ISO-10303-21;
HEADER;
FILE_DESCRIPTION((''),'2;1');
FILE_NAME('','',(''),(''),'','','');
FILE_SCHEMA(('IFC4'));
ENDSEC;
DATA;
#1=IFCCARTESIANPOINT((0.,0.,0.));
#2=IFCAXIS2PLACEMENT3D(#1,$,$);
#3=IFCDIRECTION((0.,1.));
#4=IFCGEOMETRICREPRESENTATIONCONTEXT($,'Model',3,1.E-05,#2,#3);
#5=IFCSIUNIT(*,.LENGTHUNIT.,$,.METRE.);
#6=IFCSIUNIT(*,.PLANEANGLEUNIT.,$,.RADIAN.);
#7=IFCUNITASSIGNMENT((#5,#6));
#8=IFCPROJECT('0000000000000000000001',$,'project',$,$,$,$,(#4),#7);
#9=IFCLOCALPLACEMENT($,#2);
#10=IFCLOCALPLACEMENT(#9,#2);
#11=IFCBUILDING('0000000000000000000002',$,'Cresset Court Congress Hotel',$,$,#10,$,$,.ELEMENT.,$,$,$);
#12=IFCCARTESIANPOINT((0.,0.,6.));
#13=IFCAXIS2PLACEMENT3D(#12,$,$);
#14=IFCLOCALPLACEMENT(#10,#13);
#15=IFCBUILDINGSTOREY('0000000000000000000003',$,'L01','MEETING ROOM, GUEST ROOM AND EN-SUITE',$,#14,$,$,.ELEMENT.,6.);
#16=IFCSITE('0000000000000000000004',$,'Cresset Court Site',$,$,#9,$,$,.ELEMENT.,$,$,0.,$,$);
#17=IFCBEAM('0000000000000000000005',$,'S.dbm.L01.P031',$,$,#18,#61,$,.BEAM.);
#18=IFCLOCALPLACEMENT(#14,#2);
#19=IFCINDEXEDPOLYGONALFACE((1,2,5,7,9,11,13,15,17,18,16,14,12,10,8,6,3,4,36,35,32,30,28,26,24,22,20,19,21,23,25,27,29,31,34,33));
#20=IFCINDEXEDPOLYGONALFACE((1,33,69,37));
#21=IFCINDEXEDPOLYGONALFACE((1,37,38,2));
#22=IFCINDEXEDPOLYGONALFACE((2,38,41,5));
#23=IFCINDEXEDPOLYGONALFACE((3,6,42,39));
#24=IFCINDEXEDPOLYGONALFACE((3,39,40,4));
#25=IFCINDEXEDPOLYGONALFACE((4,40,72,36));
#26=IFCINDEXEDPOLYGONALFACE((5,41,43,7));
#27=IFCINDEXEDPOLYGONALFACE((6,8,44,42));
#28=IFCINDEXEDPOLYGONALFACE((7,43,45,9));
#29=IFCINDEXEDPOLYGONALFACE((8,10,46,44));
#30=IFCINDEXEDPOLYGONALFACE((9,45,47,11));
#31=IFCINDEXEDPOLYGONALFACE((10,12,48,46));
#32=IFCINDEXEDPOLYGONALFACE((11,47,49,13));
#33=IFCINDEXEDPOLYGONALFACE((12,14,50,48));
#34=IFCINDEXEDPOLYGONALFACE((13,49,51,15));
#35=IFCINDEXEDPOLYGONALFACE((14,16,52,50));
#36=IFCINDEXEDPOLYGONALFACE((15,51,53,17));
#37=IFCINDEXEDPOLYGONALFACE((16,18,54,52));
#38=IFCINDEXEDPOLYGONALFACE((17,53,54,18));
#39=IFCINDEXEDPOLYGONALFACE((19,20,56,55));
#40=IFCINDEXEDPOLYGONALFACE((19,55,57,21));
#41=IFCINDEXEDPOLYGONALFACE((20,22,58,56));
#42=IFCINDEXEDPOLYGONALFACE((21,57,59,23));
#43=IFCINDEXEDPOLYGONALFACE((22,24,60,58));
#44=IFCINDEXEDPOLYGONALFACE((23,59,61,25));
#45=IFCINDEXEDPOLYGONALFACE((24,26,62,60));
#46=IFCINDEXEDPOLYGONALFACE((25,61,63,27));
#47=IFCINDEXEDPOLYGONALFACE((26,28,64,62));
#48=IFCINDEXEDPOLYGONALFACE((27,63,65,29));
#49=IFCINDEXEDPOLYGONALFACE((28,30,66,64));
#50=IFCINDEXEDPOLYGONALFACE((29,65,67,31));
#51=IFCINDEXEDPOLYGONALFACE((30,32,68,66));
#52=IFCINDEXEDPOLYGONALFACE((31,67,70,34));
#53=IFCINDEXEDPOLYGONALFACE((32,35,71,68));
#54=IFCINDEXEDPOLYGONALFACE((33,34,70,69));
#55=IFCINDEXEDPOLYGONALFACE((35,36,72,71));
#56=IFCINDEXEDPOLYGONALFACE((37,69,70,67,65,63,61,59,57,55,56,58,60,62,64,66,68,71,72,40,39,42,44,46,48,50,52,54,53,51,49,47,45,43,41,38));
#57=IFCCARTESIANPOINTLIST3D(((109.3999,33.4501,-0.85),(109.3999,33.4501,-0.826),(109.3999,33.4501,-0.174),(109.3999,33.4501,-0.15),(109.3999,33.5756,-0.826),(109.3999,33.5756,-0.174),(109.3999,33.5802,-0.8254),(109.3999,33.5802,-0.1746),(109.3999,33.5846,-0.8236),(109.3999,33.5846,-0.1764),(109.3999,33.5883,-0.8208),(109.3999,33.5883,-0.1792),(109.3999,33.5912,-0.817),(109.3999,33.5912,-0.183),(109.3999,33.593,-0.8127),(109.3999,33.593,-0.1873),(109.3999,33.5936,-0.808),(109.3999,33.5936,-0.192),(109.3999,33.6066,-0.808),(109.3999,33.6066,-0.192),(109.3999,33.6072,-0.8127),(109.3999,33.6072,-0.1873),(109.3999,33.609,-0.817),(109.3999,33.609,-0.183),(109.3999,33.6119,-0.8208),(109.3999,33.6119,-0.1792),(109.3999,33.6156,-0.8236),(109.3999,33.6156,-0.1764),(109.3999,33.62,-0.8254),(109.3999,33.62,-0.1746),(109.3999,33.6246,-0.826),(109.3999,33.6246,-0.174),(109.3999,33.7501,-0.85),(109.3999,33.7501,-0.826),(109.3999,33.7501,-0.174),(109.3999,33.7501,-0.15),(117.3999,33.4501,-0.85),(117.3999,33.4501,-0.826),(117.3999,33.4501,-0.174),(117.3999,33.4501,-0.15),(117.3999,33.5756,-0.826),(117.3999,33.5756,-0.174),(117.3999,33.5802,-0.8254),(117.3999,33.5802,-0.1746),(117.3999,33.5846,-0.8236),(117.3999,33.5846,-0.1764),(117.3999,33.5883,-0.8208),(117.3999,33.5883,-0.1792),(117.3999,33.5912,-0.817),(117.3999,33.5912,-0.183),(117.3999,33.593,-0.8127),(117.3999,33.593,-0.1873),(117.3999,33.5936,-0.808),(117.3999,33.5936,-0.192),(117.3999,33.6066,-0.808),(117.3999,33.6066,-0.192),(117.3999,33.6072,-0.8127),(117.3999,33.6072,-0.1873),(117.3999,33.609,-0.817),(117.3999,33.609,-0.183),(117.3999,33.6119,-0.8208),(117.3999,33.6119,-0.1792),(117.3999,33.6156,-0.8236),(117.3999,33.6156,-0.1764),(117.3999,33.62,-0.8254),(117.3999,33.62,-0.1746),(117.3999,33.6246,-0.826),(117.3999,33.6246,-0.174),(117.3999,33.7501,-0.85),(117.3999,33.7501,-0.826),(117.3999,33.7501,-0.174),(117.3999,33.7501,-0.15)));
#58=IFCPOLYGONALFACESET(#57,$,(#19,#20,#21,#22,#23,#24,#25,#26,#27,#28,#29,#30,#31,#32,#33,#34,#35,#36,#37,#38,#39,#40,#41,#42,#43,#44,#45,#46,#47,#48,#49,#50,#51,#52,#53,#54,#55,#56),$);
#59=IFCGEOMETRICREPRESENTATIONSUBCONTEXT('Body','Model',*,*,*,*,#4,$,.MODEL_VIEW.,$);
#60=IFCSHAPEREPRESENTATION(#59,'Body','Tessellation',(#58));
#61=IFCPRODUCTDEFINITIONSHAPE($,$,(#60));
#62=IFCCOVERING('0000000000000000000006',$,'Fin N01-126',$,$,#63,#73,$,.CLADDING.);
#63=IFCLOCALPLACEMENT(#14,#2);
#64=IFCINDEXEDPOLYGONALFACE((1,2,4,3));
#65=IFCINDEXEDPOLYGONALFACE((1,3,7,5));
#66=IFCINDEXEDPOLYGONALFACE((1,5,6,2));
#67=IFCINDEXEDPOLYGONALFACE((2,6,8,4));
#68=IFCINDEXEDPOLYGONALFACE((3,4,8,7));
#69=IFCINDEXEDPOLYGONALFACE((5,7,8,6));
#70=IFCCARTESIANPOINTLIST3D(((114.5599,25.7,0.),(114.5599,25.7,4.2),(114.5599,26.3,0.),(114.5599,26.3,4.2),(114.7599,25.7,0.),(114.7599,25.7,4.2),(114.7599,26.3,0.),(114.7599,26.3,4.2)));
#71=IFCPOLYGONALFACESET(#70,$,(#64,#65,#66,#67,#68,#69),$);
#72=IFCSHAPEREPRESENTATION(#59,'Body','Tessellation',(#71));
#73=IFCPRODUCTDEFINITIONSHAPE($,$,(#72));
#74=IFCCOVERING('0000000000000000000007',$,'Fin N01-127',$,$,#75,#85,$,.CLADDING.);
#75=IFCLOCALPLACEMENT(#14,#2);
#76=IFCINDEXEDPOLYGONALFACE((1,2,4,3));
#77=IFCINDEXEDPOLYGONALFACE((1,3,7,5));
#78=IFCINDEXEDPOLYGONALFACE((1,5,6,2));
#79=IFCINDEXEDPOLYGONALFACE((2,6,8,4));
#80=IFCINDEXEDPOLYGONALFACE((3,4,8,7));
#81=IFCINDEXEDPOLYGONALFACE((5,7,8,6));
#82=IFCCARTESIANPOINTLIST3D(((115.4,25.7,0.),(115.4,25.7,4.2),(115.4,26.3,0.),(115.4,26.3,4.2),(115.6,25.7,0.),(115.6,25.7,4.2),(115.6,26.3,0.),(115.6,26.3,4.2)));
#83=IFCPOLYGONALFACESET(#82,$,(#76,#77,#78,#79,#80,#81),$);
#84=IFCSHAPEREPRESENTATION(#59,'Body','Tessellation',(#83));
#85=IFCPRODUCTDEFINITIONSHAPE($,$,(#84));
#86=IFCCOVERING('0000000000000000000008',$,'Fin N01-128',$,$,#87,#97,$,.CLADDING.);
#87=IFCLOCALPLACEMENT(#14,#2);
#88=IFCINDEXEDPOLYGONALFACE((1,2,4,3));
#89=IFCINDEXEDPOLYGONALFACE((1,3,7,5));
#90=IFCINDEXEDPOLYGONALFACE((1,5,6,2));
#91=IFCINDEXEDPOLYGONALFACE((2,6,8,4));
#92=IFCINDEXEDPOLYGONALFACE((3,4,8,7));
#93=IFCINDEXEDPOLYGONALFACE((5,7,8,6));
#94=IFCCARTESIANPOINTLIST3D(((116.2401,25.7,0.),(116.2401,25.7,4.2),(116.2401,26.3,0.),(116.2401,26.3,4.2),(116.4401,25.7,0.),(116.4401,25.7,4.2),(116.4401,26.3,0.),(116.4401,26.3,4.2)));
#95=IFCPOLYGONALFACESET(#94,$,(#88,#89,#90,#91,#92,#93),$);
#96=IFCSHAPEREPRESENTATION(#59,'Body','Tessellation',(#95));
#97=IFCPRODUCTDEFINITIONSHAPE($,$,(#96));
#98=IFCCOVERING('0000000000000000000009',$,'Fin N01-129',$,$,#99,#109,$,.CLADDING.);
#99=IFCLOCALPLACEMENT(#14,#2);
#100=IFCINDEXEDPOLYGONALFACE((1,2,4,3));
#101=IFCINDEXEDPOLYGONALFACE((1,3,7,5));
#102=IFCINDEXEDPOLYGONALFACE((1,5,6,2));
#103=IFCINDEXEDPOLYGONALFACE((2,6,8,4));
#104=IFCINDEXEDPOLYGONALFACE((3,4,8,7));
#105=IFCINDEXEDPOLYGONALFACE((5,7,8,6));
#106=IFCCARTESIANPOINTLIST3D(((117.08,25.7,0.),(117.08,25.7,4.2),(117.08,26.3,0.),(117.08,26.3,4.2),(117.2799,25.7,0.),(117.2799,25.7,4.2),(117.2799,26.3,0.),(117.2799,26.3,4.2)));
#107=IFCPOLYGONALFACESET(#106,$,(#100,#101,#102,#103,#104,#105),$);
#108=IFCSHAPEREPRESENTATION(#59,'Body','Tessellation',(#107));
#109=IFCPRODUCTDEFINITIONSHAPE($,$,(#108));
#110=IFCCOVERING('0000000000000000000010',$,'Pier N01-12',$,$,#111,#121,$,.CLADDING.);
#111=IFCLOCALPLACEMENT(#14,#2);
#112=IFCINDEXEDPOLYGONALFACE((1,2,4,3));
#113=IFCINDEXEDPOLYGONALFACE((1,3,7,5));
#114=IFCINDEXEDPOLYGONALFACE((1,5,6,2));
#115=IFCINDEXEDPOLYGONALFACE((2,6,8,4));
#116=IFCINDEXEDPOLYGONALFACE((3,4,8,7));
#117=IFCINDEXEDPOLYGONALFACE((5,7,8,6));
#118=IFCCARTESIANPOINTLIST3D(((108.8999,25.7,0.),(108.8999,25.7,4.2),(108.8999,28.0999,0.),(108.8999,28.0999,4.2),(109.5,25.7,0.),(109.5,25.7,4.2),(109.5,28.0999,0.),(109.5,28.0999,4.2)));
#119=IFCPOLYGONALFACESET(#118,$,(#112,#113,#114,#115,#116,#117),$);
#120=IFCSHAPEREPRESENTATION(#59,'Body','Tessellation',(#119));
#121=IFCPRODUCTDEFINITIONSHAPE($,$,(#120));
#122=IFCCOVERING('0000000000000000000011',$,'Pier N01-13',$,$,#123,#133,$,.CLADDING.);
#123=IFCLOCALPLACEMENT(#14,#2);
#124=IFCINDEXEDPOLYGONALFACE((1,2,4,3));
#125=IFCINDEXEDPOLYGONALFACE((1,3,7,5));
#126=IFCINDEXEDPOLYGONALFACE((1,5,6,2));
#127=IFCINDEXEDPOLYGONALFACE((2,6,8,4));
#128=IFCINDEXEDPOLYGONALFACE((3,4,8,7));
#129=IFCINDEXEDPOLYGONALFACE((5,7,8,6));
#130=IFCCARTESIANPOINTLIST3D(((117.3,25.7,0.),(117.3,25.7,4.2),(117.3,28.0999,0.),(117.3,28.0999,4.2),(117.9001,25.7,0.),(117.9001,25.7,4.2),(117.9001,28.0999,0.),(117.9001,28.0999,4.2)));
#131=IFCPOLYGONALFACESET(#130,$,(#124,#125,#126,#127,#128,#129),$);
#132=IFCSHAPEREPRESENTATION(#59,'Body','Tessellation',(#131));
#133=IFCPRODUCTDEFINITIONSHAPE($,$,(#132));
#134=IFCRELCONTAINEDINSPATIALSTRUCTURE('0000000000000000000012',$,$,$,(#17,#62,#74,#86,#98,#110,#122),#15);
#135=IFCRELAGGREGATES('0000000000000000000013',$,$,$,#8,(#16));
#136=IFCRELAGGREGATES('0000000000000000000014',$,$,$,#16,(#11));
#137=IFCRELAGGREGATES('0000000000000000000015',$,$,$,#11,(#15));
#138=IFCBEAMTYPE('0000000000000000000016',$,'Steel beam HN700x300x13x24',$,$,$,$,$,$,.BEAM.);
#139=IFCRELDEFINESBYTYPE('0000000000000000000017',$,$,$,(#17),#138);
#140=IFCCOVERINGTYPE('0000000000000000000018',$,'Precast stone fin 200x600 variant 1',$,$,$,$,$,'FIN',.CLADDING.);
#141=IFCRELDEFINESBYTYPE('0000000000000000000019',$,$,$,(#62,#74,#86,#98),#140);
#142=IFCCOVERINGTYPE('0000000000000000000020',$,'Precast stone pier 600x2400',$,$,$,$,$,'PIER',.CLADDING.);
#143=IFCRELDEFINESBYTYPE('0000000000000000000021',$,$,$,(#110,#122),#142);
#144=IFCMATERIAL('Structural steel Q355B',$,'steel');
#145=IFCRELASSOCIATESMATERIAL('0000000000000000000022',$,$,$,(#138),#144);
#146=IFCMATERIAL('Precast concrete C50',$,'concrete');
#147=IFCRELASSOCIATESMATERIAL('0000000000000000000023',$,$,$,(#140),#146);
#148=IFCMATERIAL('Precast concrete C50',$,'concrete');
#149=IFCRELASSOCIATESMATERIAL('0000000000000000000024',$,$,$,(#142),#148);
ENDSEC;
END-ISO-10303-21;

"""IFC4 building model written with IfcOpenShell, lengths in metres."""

from ifc_helpers import new_model, si_unit, direction, frame, origin, origin_2d, place, context, subcontext, project, spatial, rectangle, i_section, extrude, material, material_profile, profile_set, type_object, element, save


model = new_model("IFC4")

# Units and contexts
model_context = context("Model", 3, precision=1e-05, world=origin(), true_north=direction((0.0, 1.0)))
body_context = subcontext(model_context, "Body", "Model", "MODEL_VIEW")
ifc_project = project(units=[si_unit("LENGTHUNIT", "METRE"), si_unit("PLANEANGLEUNIT", "RADIAN")], contexts=[model_context])

# Site, building, storey
site_placement = place(None, origin())
site = spatial("IfcSite", under=ifc_project, at=site_placement, Name="Cresset Court Site", CompositionType="ELEMENT", RefElevation=0.0)
building_placement = place(site_placement, origin())
building = spatial("IfcBuilding", under=site, at=building_placement, Name="Cresset Court Congress Hotel", CompositionType="ELEMENT")
storey_placement = place(building_placement, frame((0.0, 0.0, 6.0)))
storey = spatial("IfcBuildingStorey", under=building, at=storey_placement, Name="L01", Description="MEETING ROOM, GUEST ROOM AND EN-SUITE", CompositionType="ELEMENT", Elevation=6.0)

# Beam
ifc_material_1 = material(Name="Structural steel Q355B", Category="steel")
ifc_material_profile_1 = material_profile(ifc_material_1, i_section(OverallWidth=0.3, OverallDepth=0.7, WebThickness=0.0129, FlangeThickness=0.0239, FilletRadius=0.0181, at=origin_2d()), Name="HN700x300x13x24")
ifc_profile_set_1 = profile_set([ifc_material_profile_1], Name="Structural steel Q355B")
beam_type_1 = type_object("IfcBeamType", Name="Steel beam HN700x300x13x24", PredefinedType="BEAM", material=ifc_profile_set_1)
beam_placement = place(storey_placement, frame((109.3999, 33.6001, -0.5), z_axis=(1.0, 0.0, 0.0), x_axis=(0.0, 1.0, 0.0)))
element("IfcBeam", 1, at=beam_placement, inside=storey, type_object=beam_type_1, Name="S.dbm.L01.P031", PredefinedType="BEAM", context=body_context, shape_type="SweptSolid", body=[
    extrude(i_section(OverallWidth=0.3, OverallDepth=0.7, WebThickness=0.0129, FlangeThickness=0.0239, FilletRadius=0.0181, at=origin_2d()), origin(), (0.0, 0.0, 1.0), 8.0),
])

# Coverings
ifc_material_2 = material(Name="Precast concrete C50", Category="concrete")
covering_type_1 = type_object("IfcCoveringType", Name="Precast stone fin 200x600 variant 1", ElementType="FIN", PredefinedType="CLADDING", material=ifc_material_2)
for number, where, z_axis, x_axis, name in (
    (2, (114.6599, 26.0, 0.0), (0.0, 0.0, 1.0), (1.0, 0.0, 0.0), "Fin N01-126"),
    (3, (115.5, 26.0, 0.0), (0.0, 0.0, 1.0), (1.0, 0.0, 0.0), "Fin N01-127"),
    (4, (116.3401, 26.0, 0.0), (0.0, 0.0, 1.0), (1.0, 0.0, 0.0), "Fin N01-128"),
    (5, (117.1799, 26.0, 0.0), (0.0, 0.0, 1.0), (1.0, 0.0, 0.0), "Fin N01-129"),
):
    element("IfcCovering", number, at=place(storey_placement, frame(where, z_axis=z_axis, x_axis=x_axis)), inside=storey, type_object=covering_type_1, Name=name, PredefinedType="CLADDING", context=body_context, shape_type="SweptSolid", body=[
        extrude(rectangle(XDim=0.2, YDim=0.6001, at=origin_2d()), origin(), (0.0, 0.0, 1.0), 4.2),
    ])
ifc_material_3 = material(Name="Precast concrete C50", Category="concrete")
covering_type_2 = type_object("IfcCoveringType", Name="Precast stone pier 600x2400", ElementType="PIER", PredefinedType="CLADDING", material=ifc_material_3)
for number, where, z_axis, x_axis, name in (
    (6, (109.2, 26.8999, 0.0), (0.0, 0.0, 1.0), (1.0, 0.0, 0.0), "Pier N01-12"),
    (7, (117.6001, 26.8999, 0.0), (0.0, 0.0, 1.0), (1.0, 0.0, 0.0), "Pier N01-13"),
):
    element("IfcCovering", number, at=place(storey_placement, frame(where, z_axis=z_axis, x_axis=x_axis)), inside=storey, type_object=covering_type_2, Name=name, PredefinedType="CLADDING", context=body_context, shape_type="SweptSolid", body=[
        extrude(rectangle(XDim=0.6001, YDim=2.3999, at=origin_2d()), origin(), (0.0, 0.0, 1.0), 4.2),
    ])

save(model, "model.ifc")
